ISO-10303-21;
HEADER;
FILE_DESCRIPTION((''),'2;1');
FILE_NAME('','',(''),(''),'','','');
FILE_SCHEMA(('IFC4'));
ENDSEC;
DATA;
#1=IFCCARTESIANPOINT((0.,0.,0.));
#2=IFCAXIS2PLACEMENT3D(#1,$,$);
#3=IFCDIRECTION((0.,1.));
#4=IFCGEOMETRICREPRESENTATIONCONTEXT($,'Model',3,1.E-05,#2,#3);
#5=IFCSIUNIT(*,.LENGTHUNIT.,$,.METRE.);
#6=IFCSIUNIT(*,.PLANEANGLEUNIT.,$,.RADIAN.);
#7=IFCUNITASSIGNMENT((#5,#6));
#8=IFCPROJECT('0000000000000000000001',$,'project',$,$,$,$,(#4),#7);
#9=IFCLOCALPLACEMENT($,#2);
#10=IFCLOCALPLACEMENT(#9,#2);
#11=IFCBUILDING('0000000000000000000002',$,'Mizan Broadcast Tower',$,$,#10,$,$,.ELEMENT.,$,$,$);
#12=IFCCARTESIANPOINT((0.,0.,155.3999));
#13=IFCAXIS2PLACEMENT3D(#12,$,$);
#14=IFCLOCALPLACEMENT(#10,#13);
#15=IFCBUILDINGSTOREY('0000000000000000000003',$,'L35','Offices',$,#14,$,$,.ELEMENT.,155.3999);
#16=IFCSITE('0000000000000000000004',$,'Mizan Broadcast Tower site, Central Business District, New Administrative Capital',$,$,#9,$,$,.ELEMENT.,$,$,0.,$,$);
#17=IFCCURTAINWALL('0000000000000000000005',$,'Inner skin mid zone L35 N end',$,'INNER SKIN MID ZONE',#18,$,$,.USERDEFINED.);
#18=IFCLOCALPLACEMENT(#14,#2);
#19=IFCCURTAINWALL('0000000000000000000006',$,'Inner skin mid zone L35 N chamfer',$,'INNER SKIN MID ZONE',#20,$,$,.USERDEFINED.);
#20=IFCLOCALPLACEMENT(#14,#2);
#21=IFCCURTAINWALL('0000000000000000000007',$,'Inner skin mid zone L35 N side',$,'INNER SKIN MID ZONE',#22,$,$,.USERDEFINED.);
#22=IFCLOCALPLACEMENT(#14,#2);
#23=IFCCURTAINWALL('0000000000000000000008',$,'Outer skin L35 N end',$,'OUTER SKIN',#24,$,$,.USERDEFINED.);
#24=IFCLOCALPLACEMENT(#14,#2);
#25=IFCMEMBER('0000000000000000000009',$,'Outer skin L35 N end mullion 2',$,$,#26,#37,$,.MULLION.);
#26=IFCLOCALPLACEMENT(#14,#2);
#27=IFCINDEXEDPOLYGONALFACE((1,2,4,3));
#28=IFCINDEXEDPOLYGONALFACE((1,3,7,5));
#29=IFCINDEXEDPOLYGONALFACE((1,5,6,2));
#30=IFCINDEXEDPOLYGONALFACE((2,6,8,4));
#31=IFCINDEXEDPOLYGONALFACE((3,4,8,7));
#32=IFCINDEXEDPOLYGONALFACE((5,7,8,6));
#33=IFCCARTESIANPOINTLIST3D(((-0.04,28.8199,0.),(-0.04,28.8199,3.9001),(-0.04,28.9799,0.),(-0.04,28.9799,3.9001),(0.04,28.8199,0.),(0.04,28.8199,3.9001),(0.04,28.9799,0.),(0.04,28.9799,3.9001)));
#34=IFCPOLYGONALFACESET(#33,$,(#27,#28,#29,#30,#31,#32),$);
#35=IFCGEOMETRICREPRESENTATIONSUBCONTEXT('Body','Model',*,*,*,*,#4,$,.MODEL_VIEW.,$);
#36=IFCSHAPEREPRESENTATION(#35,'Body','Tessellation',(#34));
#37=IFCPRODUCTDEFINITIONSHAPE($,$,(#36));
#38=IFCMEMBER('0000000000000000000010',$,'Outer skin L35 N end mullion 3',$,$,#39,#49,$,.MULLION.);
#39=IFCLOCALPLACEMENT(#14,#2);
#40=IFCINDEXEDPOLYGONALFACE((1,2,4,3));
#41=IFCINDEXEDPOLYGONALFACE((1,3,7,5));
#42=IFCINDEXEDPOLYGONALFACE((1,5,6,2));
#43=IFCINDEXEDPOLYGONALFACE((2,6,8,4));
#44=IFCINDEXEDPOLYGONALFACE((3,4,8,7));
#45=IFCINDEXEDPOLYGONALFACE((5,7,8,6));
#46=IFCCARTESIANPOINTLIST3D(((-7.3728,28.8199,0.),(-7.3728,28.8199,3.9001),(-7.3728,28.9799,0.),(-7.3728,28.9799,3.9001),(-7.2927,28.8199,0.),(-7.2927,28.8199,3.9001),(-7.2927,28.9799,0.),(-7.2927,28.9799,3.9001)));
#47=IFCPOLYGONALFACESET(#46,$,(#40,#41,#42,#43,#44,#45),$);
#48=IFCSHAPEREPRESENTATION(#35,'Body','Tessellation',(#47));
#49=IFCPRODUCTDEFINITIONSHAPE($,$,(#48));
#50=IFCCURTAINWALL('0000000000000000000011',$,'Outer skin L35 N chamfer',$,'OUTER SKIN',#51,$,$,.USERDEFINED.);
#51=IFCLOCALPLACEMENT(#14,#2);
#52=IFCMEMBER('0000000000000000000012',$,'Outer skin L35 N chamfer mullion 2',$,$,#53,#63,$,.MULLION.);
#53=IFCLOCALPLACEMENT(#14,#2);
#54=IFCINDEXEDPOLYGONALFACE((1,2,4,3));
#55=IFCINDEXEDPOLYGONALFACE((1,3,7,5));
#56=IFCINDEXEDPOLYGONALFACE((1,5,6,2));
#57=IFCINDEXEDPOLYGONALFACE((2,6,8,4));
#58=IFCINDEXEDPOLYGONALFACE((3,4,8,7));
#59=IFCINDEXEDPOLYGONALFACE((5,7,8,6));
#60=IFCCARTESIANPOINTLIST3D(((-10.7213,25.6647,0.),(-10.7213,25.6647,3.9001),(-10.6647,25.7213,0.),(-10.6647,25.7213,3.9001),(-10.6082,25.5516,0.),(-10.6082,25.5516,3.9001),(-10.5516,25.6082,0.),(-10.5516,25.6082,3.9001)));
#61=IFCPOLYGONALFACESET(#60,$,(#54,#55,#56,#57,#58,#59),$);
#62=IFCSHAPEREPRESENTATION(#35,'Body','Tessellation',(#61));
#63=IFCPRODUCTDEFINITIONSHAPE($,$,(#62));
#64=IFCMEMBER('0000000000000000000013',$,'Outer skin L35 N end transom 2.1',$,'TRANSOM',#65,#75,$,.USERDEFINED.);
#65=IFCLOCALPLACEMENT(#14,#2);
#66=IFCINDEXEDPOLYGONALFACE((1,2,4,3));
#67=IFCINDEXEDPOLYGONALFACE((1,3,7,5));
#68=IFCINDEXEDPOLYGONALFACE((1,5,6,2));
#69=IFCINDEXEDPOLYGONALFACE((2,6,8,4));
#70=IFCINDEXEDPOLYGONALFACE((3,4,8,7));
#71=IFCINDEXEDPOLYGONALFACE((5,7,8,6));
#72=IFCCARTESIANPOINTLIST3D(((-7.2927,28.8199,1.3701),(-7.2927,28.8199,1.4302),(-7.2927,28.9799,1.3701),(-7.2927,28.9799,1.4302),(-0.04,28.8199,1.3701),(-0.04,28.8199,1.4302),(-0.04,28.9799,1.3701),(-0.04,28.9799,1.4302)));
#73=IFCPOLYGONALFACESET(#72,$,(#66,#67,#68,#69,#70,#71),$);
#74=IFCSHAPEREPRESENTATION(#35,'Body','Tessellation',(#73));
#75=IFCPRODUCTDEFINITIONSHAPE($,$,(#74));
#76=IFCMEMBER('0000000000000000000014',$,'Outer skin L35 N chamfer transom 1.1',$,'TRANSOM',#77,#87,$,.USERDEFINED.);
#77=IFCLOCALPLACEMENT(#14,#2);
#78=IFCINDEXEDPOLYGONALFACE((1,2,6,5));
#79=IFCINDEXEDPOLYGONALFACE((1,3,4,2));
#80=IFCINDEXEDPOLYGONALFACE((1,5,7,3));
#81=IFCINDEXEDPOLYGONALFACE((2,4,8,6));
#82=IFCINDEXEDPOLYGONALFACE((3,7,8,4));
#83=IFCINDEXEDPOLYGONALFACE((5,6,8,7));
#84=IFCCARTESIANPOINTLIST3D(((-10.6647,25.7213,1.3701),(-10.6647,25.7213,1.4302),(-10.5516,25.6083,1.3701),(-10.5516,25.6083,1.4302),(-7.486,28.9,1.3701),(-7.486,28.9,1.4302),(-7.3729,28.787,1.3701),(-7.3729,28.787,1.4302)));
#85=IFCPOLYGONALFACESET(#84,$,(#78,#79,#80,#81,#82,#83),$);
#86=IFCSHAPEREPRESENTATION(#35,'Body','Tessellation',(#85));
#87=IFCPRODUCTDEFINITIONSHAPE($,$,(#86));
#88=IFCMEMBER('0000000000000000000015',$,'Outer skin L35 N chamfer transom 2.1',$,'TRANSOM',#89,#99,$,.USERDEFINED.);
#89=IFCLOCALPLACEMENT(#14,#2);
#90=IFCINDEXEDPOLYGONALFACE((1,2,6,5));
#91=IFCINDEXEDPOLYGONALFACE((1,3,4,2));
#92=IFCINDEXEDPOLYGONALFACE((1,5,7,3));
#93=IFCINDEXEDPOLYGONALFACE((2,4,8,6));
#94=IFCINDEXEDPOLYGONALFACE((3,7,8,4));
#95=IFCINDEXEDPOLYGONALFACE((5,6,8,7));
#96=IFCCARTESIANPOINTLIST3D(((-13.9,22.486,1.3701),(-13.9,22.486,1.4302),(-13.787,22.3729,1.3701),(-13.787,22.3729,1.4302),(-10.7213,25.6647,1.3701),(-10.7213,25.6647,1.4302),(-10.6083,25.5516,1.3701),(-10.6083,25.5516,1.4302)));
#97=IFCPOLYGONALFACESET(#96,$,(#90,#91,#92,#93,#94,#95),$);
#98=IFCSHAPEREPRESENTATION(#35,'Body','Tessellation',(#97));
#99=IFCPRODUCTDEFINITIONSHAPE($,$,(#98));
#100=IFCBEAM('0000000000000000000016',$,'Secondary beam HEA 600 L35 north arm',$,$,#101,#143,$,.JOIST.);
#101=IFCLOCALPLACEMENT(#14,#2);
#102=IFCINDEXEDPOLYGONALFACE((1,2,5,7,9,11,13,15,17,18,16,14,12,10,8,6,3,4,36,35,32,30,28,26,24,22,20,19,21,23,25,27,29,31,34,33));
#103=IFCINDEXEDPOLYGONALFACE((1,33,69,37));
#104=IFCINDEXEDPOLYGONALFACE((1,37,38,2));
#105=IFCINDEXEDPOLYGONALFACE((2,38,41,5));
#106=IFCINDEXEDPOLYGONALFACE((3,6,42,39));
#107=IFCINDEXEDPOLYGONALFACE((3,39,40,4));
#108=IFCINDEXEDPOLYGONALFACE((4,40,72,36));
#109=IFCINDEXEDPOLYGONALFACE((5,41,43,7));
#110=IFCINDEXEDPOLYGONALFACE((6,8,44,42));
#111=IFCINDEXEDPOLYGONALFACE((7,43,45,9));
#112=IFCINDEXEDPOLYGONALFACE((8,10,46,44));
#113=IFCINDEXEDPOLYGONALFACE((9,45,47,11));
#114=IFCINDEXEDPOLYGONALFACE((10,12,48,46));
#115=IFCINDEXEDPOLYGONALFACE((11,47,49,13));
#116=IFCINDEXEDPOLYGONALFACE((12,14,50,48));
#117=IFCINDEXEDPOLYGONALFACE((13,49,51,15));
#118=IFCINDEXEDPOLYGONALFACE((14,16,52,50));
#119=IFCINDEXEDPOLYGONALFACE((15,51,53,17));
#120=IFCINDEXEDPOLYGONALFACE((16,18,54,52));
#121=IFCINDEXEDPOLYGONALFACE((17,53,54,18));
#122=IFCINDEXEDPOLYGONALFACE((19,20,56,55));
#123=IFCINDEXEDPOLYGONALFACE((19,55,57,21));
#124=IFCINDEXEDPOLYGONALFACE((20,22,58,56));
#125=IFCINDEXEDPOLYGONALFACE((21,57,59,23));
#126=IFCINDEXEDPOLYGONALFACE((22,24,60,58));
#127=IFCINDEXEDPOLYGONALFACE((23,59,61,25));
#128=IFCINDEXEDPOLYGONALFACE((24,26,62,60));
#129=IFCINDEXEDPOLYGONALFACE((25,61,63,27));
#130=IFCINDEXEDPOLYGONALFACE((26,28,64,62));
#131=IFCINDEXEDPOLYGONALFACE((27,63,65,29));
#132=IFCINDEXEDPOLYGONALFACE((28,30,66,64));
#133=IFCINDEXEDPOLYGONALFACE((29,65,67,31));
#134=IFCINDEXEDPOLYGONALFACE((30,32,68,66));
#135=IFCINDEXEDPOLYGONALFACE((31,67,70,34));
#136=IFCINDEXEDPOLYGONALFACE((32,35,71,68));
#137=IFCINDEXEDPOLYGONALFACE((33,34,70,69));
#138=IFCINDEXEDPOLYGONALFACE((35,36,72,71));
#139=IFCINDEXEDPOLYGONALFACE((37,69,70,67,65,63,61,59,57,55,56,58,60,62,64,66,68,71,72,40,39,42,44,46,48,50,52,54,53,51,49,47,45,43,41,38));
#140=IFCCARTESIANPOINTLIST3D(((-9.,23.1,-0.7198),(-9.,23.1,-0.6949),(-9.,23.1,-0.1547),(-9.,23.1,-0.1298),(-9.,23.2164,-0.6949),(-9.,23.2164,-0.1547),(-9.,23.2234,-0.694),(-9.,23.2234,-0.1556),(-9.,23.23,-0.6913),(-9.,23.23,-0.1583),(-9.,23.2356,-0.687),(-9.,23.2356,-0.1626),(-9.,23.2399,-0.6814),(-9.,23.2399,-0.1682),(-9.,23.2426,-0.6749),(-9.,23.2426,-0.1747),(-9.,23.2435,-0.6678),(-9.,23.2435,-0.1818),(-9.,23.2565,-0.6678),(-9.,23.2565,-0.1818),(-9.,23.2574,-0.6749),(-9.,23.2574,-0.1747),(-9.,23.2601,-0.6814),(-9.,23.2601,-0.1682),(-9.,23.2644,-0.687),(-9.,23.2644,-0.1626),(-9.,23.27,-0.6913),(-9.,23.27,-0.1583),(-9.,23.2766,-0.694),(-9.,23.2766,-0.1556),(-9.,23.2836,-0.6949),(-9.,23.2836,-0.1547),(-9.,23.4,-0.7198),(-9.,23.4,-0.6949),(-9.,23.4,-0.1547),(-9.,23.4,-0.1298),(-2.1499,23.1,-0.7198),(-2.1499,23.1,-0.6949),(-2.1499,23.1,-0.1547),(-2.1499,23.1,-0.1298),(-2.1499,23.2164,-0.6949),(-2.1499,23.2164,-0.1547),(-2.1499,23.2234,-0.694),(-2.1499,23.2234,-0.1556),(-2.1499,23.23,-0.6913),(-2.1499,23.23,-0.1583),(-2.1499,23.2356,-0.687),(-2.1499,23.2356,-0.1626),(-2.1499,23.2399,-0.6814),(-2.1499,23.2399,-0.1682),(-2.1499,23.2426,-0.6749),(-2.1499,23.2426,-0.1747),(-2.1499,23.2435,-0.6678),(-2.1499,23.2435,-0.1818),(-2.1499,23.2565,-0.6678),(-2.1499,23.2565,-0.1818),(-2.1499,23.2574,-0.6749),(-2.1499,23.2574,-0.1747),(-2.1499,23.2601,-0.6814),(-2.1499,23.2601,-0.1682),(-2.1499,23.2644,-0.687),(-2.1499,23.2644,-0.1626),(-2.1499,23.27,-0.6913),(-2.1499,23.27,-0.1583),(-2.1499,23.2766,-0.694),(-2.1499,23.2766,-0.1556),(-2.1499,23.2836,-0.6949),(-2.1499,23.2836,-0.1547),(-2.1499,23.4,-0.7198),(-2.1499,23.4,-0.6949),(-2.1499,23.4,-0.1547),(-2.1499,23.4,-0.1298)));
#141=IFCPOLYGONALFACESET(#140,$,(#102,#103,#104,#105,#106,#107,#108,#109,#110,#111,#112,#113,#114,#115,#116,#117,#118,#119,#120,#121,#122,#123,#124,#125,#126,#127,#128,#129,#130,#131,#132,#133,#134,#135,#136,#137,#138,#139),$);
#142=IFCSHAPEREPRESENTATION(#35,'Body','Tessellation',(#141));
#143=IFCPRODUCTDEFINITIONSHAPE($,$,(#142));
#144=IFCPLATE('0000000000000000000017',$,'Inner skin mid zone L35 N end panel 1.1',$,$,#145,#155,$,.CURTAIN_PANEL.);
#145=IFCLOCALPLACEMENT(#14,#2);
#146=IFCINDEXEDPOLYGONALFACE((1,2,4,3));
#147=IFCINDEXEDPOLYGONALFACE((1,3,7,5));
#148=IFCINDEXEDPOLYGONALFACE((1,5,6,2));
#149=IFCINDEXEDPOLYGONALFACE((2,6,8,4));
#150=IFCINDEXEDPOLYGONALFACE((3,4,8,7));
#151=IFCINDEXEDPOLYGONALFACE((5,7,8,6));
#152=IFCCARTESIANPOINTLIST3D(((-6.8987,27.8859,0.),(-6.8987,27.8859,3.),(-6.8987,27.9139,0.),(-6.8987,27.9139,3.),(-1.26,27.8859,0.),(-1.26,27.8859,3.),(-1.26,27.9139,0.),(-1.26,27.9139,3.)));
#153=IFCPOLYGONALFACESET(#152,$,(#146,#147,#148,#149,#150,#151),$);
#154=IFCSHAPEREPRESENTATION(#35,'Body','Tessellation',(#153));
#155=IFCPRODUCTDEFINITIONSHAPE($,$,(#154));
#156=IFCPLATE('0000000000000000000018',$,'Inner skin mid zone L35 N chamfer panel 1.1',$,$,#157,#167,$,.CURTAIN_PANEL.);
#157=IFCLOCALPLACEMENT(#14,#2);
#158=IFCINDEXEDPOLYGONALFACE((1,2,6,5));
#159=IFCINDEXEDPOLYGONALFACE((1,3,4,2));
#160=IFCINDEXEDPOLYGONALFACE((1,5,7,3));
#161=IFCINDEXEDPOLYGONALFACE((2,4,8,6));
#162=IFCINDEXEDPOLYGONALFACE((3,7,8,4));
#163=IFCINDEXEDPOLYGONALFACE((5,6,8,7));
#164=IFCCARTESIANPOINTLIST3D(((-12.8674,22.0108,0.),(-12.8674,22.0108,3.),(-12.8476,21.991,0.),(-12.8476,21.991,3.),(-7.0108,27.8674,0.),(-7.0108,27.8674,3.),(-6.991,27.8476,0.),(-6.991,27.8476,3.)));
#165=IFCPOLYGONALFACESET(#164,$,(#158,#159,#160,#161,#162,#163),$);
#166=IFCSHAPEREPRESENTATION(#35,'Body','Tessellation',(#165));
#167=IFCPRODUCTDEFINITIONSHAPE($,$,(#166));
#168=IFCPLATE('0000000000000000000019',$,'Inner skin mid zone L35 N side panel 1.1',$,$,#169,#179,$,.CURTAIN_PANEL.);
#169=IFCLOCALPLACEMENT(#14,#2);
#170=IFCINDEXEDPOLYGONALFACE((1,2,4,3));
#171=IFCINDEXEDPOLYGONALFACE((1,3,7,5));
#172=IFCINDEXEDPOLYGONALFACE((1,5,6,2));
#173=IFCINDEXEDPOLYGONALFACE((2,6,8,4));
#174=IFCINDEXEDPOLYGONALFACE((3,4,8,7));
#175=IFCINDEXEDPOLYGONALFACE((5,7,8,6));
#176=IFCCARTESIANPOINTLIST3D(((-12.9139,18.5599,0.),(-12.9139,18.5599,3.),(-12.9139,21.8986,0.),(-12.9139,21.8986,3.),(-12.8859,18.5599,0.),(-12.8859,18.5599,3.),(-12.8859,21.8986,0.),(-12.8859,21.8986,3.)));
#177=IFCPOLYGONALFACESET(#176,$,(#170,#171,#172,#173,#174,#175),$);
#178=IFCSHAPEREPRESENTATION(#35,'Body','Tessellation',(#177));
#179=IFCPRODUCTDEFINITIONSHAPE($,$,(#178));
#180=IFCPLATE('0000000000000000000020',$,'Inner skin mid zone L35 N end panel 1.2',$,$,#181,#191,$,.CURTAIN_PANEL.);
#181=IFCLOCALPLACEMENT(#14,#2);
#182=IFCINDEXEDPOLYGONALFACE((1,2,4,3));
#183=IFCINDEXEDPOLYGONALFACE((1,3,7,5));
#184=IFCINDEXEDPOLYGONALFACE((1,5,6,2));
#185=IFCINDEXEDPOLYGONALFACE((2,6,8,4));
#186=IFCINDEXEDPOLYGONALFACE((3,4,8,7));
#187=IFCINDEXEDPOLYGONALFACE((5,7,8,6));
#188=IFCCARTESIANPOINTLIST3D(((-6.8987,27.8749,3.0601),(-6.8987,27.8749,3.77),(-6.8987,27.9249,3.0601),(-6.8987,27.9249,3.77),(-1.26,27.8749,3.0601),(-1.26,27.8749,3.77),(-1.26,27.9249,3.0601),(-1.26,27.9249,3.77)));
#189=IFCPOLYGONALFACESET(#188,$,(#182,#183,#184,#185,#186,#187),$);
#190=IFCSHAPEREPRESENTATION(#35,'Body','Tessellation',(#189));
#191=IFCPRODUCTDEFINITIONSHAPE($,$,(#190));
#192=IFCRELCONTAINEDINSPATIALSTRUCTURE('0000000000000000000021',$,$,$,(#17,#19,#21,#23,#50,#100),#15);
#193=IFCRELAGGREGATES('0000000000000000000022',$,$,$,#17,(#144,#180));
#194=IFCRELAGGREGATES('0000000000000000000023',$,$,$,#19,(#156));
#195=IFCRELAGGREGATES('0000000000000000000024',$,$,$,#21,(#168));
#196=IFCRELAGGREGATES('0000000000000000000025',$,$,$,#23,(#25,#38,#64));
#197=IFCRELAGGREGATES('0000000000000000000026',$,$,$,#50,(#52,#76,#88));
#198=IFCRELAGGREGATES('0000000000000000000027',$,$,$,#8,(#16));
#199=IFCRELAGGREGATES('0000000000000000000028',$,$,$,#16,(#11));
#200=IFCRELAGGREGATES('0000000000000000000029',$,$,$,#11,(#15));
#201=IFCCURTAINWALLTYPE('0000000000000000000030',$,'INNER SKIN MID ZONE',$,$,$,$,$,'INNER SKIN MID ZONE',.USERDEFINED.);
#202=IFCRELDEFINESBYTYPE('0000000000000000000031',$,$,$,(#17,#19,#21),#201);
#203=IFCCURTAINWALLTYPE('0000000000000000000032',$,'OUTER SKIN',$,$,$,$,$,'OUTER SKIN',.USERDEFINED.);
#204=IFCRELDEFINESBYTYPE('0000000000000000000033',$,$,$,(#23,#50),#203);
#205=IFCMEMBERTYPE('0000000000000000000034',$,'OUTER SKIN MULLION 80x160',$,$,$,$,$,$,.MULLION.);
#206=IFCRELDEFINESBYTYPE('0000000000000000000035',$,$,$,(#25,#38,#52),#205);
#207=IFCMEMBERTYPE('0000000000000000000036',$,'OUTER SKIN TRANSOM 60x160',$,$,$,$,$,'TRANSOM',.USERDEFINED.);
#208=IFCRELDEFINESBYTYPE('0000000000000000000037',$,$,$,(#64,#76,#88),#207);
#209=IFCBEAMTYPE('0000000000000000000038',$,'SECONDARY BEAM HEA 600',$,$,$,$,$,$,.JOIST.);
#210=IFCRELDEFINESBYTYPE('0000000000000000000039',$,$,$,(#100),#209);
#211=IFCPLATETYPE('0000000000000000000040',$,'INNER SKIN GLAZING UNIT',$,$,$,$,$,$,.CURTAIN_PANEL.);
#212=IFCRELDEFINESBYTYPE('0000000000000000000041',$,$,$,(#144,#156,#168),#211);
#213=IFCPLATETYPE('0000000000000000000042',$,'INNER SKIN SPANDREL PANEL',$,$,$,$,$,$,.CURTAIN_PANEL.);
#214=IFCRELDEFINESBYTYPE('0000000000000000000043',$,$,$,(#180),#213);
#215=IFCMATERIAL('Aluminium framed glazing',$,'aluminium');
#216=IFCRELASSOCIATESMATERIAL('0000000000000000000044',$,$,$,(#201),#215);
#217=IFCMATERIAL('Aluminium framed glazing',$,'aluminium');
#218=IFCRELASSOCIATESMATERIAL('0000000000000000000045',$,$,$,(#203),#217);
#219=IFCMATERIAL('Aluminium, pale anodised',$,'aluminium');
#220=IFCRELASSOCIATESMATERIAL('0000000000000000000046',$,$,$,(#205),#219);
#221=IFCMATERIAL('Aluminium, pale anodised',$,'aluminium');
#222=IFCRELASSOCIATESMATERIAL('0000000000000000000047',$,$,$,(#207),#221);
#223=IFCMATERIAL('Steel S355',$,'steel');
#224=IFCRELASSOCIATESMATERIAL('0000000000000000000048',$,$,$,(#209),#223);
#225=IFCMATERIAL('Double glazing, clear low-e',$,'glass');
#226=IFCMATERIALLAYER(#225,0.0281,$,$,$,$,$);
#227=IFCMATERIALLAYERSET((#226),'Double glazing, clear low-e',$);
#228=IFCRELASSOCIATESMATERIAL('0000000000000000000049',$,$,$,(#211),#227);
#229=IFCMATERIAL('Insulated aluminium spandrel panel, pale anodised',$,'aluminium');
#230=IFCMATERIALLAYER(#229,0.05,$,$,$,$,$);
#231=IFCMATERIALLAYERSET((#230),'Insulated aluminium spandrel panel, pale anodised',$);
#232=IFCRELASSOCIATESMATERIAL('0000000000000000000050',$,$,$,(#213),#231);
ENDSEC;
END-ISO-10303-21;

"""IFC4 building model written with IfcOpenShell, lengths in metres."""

from ifc_helpers import new_model, si_unit, direction, frame, origin, origin_2d, place, context, subcontext, project, spatial, rectangle, i_section, extrude, material, layer, layer_set, material_profile, profile_set, type_object, element, aggregate, save


model = new_model("IFC4")

# Units and contexts
model_context = context("Model", 3, precision=1e-05, world=origin(), true_north=direction((0.0, 1.0)))
body_context = subcontext(model_context, "Body", "Model", "MODEL_VIEW")
ifc_project = project(units=[si_unit("LENGTHUNIT", "METRE"), si_unit("PLANEANGLEUNIT", "RADIAN")], contexts=[model_context])

# Site, building, storey
site_placement = place(None, origin())
site = spatial("IfcSite", under=ifc_project, at=site_placement, Name="Mizan Broadcast Tower site, Central Business District, New Administrative Capital", CompositionType="ELEMENT", RefElevation=0.0)
building_placement = place(site_placement, origin())
building = spatial("IfcBuilding", under=site, at=building_placement, Name="Mizan Broadcast Tower", CompositionType="ELEMENT")
storey_placement = place(building_placement, frame((0.0, 0.0, 155.3999)))
storey = spatial("IfcBuildingStorey", under=building, at=storey_placement, Name="L35", Description="Offices", CompositionType="ELEMENT", Elevation=155.3999)

# Curtain wall
ifc_material_1 = material(Name="Aluminium framed glazing", Category="aluminium")
curtain_wall_type_1 = type_object("IfcCurtainWallType", Name="INNER SKIN MID ZONE", ElementType="INNER SKIN MID ZONE", PredefinedType="USERDEFINED", material=ifc_material_1)
curtain_wall_1_placement = place(storey_placement, origin())
curtain_wall_1 = element("IfcCurtainWall", 1, at=curtain_wall_1_placement, inside=storey, type_object=curtain_wall_type_1, Name="Inner skin mid zone L35 N end", ObjectType="INNER SKIN MID ZONE", PredefinedType="USERDEFINED")

# Curtain wall
curtain_wall_2_placement = place(storey_placement, origin())
curtain_wall_2 = element("IfcCurtainWall", 2, at=curtain_wall_2_placement, inside=storey, type_object=curtain_wall_type_1, Name="Inner skin mid zone L35 N chamfer", ObjectType="INNER SKIN MID ZONE", PredefinedType="USERDEFINED")

# Curtain wall
curtain_wall_3_placement = place(storey_placement, origin())
curtain_wall_3 = element("IfcCurtainWall", 3, at=curtain_wall_3_placement, inside=storey, type_object=curtain_wall_type_1, Name="Inner skin mid zone L35 N side", ObjectType="INNER SKIN MID ZONE", PredefinedType="USERDEFINED")

# Curtain wall, members
ifc_material_2 = material(Name="Aluminium framed glazing", Category="aluminium")
curtain_wall_type_2 = type_object("IfcCurtainWallType", Name="OUTER SKIN", ElementType="OUTER SKIN", PredefinedType="USERDEFINED", material=ifc_material_2)
curtain_wall_4_placement = place(storey_placement, origin())
curtain_wall_4 = element("IfcCurtainWall", 4, at=curtain_wall_4_placement, inside=storey, type_object=curtain_wall_type_2, Name="Outer skin L35 N end", ObjectType="OUTER SKIN", PredefinedType="USERDEFINED")
ifc_material_3 = material(Name="Aluminium, pale anodised", Category="aluminium")
ifc_material_profile_1 = material_profile(ifc_material_3, rectangle(XDim=0.1599, YDim=0.0801, at=origin_2d()), Name="MULLION 160x80")
ifc_profile_set_1 = profile_set([ifc_material_profile_1], Name="Aluminium, pale anodised")
member_type_1 = type_object("IfcMemberType", Name="OUTER SKIN MULLION 80x160", PredefinedType="MULLION", material=ifc_profile_set_1)
member_1_placement = place(storey_placement, frame((0.0, 28.8999, 0.0), z_axis=(0.0, 0.0, 1.0), x_axis=(0.0, -1.0, 0.0)))
member_1 = element("IfcMember", 5, at=member_1_placement, type_object=member_type_1, Name="Outer skin L35 N end mullion 2", PredefinedType="MULLION", context=body_context, shape_type="SweptSolid", body=[
    extrude(rectangle(XDim=0.1599, YDim=0.0801, at=origin_2d()), origin(), (0.0, 0.0, 1.0), 3.9001),
])
member_2_placement = place(storey_placement, frame((-7.3328, 28.8999, 0.0), z_axis=(0.0, 0.0, 1.0), x_axis=(0.0, -1.0, 0.0)))
member_2 = element("IfcMember", 6, at=member_2_placement, type_object=member_type_1, Name="Outer skin L35 N end mullion 3", PredefinedType="MULLION", context=body_context, shape_type="SweptSolid", body=[
    extrude(rectangle(XDim=0.1599, YDim=0.0801, at=origin_2d()), origin(), (0.0, 0.0, 1.0), 3.9001),
])

# Curtain wall, member
curtain_wall_5_placement = place(storey_placement, origin())
curtain_wall_5 = element("IfcCurtainWall", 7, at=curtain_wall_5_placement, inside=storey, type_object=curtain_wall_type_2, Name="Outer skin L35 N chamfer", ObjectType="OUTER SKIN", PredefinedType="USERDEFINED")
member_3_placement = place(storey_placement, frame((-10.6365, 25.6365, 0.0), z_axis=(0.0, 0.0, 1.0), x_axis=(0.707107, -0.707107, 0.0)))
member_3 = element("IfcMember", 8, at=member_3_placement, type_object=member_type_1, Name="Outer skin L35 N chamfer mullion 2", PredefinedType="MULLION", context=body_context, shape_type="SweptSolid", body=[
    extrude(rectangle(XDim=0.1599, YDim=0.0801, at=origin_2d()), origin(), (0.0, 0.0, 1.0), 3.9001),
])

# Members
ifc_material_4 = material(Name="Aluminium, pale anodised", Category="aluminium")
ifc_material_profile_2 = material_profile(ifc_material_4, rectangle(XDim=0.1599, YDim=0.0601, at=origin_2d()), Name="TRANSOM 160x60")
ifc_profile_set_2 = profile_set([ifc_material_profile_2], Name="Aluminium, pale anodised")
member_type_2 = type_object("IfcMemberType", Name="OUTER SKIN TRANSOM 60x160", ElementType="TRANSOM", PredefinedType="USERDEFINED", material=ifc_profile_set_2)
member_4_placement = place(storey_placement, frame((-0.04, 28.8999, 1.4001), z_axis=(-1.0, 0.0, 0.0), x_axis=(0.0, -1.0, 0.0)))
member_4 = element("IfcMember", 9, at=member_4_placement, type_object=member_type_2, Name="Outer skin L35 N end transom 2.1", ObjectType="TRANSOM", PredefinedType="USERDEFINED", context=body_context, shape_type="SweptSolid", body=[
    extrude(rectangle(XDim=0.1599, YDim=0.0601, at=origin_2d()), origin(), (0.0, 0.0, 1.0), 7.2527),
])
member_5_placement = place(storey_placement, frame((-7.4294, 28.8435, 1.4001), z_axis=(-0.707107, -0.707107, 0.0), x_axis=(0.707107, -0.707107, 0.0)))
member_5 = element("IfcMember", 10, at=member_5_placement, type_object=member_type_2, Name="Outer skin L35 N chamfer transom 1.1", ObjectType="TRANSOM", PredefinedType="USERDEFINED", context=body_context, shape_type="SweptSolid", body=[
    extrude(rectangle(XDim=0.1599, YDim=0.0601, at=origin_2d()), origin(), (0.0, 0.0, 1.0), 4.4954),
])
member_6_placement = place(storey_placement, frame((-10.6648, 25.6082, 1.4001), z_axis=(-0.707107, -0.707107, 0.0), x_axis=(0.707107, -0.707107, 0.0)))
member_6 = element("IfcMember", 11, at=member_6_placement, type_object=member_type_2, Name="Outer skin L35 N chamfer transom 2.1", ObjectType="TRANSOM", PredefinedType="USERDEFINED", context=body_context, shape_type="SweptSolid", body=[
    extrude(rectangle(XDim=0.1599, YDim=0.0601, at=origin_2d()), origin(), (0.0, 0.0, 1.0), 4.4954),
])

# Beam
ifc_material_5 = material(Name="Steel S355", Category="steel")
ifc_material_profile_3 = material_profile(ifc_material_5, i_section(OverallWidth=0.3, OverallDepth=0.5901, WebThickness=0.0129, FlangeThickness=0.0249, FilletRadius=0.0271, at=origin_2d()), Name="HEA 600")
ifc_profile_set_3 = profile_set([ifc_material_profile_3], Name="Steel S355")
beam_type_1 = type_object("IfcBeamType", Name="SECONDARY BEAM HEA 600", PredefinedType="JOIST", material=ifc_profile_set_3)
beam_1_placement = place(storey_placement, frame((-9.0, 23.25, -0.4248), z_axis=(1.0, 0.0, 0.0), x_axis=(0.0, 1.0, 0.0)))
element("IfcBeam", 12, at=beam_1_placement, inside=storey, type_object=beam_type_1, Name="Secondary beam HEA 600 L35 north arm", PredefinedType="JOIST", context=body_context, shape_type="SweptSolid", body=[
    extrude(i_section(OverallWidth=0.3, OverallDepth=0.5901, WebThickness=0.0129, FlangeThickness=0.0249, FilletRadius=0.0271, at=origin_2d()), origin(), (0.0, 0.0, 1.0), 6.8501),
])

# Plates
ifc_material_6 = material(Name="Double glazing, clear low-e", Category="glass")
ifc_layer_1 = layer(ifc_material_6, 0.0281)
ifc_layer_set_1 = layer_set([ifc_layer_1], Name="Double glazing, clear low-e")
plate_type_1 = type_object("IfcPlateType", Name="INNER SKIN GLAZING UNIT", PredefinedType="CURTAIN_PANEL", material=ifc_layer_set_1)
plate_1_placement = place(storey_placement, frame((-4.0793, 27.8999, 0.0), z_axis=(0.0, 0.0, 1.0), x_axis=(-1.0, 0.0, 0.0)))
plate_1 = element("IfcPlate", 13, at=plate_1_placement, type_object=plate_type_1, Name="Inner skin mid zone L35 N end panel 1.1", PredefinedType="CURTAIN_PANEL", context=body_context, shape_type="SweptSolid", body=[
    extrude(rectangle(XDim=5.6387, YDim=0.0281, at=origin_2d()), origin(), (0.0, 0.0, 1.0), 3.0),
])
plate_2_placement = place(storey_placement, frame((-9.9292, 24.9292, 0.0), z_axis=(0.0, 0.0, 1.0), x_axis=(-0.707107, -0.707107, 0.0)))
plate_2 = element("IfcPlate", 14, at=plate_2_placement, type_object=plate_type_1, Name="Inner skin mid zone L35 N chamfer panel 1.1", PredefinedType="CURTAIN_PANEL", context=body_context, shape_type="SweptSolid", body=[
    extrude(rectangle(XDim=8.2825, YDim=0.0281, at=origin_2d()), origin(), (0.0, 0.0, 1.0), 3.0),
])
plate_3_placement = place(storey_placement, frame((-12.8999, 20.2292, 0.0), z_axis=(0.0, 0.0, 1.0), x_axis=(0.0, -1.0, 0.0)))
plate_3 = element("IfcPlate", 15, at=plate_3_placement, type_object=plate_type_1, Name="Inner skin mid zone L35 N side panel 1.1", PredefinedType="CURTAIN_PANEL", context=body_context, shape_type="SweptSolid", body=[
    extrude(rectangle(XDim=3.3386, YDim=0.0281, at=origin_2d()), origin(), (0.0, 0.0, 1.0), 3.0),
])
ifc_material_7 = material(Name="Insulated aluminium spandrel panel, pale anodised", Category="aluminium")
ifc_layer_2 = layer(ifc_material_7, 0.05)
ifc_layer_set_2 = layer_set([ifc_layer_2], Name="Insulated aluminium spandrel panel, pale anodised")
plate_type_2 = type_object("IfcPlateType", Name="INNER SKIN SPANDREL PANEL", PredefinedType="CURTAIN_PANEL", material=ifc_layer_set_2)
plate_4_placement = place(storey_placement, frame((-4.0793, 27.8999, 3.0601), z_axis=(0.0, 0.0, 1.0), x_axis=(-1.0, 0.0, 0.0)))
plate_4 = element("IfcPlate", 16, at=plate_4_placement, type_object=plate_type_2, Name="Inner skin mid zone L35 N end panel 1.2", PredefinedType="CURTAIN_PANEL", context=body_context, shape_type="SweptSolid", body=[
    extrude(rectangle(XDim=5.6387, YDim=0.05, at=origin_2d()), origin(), (0.0, 0.0, 1.0), 0.71),
])
aggregate(curtain_wall_1, [plate_1, plate_4])
aggregate(curtain_wall_2, [plate_2])
aggregate(curtain_wall_3, [plate_3])
aggregate(curtain_wall_4, [member_1, member_2, member_4])
aggregate(curtain_wall_5, [member_3, member_5, member_6])

save(model, "model.ifc")
